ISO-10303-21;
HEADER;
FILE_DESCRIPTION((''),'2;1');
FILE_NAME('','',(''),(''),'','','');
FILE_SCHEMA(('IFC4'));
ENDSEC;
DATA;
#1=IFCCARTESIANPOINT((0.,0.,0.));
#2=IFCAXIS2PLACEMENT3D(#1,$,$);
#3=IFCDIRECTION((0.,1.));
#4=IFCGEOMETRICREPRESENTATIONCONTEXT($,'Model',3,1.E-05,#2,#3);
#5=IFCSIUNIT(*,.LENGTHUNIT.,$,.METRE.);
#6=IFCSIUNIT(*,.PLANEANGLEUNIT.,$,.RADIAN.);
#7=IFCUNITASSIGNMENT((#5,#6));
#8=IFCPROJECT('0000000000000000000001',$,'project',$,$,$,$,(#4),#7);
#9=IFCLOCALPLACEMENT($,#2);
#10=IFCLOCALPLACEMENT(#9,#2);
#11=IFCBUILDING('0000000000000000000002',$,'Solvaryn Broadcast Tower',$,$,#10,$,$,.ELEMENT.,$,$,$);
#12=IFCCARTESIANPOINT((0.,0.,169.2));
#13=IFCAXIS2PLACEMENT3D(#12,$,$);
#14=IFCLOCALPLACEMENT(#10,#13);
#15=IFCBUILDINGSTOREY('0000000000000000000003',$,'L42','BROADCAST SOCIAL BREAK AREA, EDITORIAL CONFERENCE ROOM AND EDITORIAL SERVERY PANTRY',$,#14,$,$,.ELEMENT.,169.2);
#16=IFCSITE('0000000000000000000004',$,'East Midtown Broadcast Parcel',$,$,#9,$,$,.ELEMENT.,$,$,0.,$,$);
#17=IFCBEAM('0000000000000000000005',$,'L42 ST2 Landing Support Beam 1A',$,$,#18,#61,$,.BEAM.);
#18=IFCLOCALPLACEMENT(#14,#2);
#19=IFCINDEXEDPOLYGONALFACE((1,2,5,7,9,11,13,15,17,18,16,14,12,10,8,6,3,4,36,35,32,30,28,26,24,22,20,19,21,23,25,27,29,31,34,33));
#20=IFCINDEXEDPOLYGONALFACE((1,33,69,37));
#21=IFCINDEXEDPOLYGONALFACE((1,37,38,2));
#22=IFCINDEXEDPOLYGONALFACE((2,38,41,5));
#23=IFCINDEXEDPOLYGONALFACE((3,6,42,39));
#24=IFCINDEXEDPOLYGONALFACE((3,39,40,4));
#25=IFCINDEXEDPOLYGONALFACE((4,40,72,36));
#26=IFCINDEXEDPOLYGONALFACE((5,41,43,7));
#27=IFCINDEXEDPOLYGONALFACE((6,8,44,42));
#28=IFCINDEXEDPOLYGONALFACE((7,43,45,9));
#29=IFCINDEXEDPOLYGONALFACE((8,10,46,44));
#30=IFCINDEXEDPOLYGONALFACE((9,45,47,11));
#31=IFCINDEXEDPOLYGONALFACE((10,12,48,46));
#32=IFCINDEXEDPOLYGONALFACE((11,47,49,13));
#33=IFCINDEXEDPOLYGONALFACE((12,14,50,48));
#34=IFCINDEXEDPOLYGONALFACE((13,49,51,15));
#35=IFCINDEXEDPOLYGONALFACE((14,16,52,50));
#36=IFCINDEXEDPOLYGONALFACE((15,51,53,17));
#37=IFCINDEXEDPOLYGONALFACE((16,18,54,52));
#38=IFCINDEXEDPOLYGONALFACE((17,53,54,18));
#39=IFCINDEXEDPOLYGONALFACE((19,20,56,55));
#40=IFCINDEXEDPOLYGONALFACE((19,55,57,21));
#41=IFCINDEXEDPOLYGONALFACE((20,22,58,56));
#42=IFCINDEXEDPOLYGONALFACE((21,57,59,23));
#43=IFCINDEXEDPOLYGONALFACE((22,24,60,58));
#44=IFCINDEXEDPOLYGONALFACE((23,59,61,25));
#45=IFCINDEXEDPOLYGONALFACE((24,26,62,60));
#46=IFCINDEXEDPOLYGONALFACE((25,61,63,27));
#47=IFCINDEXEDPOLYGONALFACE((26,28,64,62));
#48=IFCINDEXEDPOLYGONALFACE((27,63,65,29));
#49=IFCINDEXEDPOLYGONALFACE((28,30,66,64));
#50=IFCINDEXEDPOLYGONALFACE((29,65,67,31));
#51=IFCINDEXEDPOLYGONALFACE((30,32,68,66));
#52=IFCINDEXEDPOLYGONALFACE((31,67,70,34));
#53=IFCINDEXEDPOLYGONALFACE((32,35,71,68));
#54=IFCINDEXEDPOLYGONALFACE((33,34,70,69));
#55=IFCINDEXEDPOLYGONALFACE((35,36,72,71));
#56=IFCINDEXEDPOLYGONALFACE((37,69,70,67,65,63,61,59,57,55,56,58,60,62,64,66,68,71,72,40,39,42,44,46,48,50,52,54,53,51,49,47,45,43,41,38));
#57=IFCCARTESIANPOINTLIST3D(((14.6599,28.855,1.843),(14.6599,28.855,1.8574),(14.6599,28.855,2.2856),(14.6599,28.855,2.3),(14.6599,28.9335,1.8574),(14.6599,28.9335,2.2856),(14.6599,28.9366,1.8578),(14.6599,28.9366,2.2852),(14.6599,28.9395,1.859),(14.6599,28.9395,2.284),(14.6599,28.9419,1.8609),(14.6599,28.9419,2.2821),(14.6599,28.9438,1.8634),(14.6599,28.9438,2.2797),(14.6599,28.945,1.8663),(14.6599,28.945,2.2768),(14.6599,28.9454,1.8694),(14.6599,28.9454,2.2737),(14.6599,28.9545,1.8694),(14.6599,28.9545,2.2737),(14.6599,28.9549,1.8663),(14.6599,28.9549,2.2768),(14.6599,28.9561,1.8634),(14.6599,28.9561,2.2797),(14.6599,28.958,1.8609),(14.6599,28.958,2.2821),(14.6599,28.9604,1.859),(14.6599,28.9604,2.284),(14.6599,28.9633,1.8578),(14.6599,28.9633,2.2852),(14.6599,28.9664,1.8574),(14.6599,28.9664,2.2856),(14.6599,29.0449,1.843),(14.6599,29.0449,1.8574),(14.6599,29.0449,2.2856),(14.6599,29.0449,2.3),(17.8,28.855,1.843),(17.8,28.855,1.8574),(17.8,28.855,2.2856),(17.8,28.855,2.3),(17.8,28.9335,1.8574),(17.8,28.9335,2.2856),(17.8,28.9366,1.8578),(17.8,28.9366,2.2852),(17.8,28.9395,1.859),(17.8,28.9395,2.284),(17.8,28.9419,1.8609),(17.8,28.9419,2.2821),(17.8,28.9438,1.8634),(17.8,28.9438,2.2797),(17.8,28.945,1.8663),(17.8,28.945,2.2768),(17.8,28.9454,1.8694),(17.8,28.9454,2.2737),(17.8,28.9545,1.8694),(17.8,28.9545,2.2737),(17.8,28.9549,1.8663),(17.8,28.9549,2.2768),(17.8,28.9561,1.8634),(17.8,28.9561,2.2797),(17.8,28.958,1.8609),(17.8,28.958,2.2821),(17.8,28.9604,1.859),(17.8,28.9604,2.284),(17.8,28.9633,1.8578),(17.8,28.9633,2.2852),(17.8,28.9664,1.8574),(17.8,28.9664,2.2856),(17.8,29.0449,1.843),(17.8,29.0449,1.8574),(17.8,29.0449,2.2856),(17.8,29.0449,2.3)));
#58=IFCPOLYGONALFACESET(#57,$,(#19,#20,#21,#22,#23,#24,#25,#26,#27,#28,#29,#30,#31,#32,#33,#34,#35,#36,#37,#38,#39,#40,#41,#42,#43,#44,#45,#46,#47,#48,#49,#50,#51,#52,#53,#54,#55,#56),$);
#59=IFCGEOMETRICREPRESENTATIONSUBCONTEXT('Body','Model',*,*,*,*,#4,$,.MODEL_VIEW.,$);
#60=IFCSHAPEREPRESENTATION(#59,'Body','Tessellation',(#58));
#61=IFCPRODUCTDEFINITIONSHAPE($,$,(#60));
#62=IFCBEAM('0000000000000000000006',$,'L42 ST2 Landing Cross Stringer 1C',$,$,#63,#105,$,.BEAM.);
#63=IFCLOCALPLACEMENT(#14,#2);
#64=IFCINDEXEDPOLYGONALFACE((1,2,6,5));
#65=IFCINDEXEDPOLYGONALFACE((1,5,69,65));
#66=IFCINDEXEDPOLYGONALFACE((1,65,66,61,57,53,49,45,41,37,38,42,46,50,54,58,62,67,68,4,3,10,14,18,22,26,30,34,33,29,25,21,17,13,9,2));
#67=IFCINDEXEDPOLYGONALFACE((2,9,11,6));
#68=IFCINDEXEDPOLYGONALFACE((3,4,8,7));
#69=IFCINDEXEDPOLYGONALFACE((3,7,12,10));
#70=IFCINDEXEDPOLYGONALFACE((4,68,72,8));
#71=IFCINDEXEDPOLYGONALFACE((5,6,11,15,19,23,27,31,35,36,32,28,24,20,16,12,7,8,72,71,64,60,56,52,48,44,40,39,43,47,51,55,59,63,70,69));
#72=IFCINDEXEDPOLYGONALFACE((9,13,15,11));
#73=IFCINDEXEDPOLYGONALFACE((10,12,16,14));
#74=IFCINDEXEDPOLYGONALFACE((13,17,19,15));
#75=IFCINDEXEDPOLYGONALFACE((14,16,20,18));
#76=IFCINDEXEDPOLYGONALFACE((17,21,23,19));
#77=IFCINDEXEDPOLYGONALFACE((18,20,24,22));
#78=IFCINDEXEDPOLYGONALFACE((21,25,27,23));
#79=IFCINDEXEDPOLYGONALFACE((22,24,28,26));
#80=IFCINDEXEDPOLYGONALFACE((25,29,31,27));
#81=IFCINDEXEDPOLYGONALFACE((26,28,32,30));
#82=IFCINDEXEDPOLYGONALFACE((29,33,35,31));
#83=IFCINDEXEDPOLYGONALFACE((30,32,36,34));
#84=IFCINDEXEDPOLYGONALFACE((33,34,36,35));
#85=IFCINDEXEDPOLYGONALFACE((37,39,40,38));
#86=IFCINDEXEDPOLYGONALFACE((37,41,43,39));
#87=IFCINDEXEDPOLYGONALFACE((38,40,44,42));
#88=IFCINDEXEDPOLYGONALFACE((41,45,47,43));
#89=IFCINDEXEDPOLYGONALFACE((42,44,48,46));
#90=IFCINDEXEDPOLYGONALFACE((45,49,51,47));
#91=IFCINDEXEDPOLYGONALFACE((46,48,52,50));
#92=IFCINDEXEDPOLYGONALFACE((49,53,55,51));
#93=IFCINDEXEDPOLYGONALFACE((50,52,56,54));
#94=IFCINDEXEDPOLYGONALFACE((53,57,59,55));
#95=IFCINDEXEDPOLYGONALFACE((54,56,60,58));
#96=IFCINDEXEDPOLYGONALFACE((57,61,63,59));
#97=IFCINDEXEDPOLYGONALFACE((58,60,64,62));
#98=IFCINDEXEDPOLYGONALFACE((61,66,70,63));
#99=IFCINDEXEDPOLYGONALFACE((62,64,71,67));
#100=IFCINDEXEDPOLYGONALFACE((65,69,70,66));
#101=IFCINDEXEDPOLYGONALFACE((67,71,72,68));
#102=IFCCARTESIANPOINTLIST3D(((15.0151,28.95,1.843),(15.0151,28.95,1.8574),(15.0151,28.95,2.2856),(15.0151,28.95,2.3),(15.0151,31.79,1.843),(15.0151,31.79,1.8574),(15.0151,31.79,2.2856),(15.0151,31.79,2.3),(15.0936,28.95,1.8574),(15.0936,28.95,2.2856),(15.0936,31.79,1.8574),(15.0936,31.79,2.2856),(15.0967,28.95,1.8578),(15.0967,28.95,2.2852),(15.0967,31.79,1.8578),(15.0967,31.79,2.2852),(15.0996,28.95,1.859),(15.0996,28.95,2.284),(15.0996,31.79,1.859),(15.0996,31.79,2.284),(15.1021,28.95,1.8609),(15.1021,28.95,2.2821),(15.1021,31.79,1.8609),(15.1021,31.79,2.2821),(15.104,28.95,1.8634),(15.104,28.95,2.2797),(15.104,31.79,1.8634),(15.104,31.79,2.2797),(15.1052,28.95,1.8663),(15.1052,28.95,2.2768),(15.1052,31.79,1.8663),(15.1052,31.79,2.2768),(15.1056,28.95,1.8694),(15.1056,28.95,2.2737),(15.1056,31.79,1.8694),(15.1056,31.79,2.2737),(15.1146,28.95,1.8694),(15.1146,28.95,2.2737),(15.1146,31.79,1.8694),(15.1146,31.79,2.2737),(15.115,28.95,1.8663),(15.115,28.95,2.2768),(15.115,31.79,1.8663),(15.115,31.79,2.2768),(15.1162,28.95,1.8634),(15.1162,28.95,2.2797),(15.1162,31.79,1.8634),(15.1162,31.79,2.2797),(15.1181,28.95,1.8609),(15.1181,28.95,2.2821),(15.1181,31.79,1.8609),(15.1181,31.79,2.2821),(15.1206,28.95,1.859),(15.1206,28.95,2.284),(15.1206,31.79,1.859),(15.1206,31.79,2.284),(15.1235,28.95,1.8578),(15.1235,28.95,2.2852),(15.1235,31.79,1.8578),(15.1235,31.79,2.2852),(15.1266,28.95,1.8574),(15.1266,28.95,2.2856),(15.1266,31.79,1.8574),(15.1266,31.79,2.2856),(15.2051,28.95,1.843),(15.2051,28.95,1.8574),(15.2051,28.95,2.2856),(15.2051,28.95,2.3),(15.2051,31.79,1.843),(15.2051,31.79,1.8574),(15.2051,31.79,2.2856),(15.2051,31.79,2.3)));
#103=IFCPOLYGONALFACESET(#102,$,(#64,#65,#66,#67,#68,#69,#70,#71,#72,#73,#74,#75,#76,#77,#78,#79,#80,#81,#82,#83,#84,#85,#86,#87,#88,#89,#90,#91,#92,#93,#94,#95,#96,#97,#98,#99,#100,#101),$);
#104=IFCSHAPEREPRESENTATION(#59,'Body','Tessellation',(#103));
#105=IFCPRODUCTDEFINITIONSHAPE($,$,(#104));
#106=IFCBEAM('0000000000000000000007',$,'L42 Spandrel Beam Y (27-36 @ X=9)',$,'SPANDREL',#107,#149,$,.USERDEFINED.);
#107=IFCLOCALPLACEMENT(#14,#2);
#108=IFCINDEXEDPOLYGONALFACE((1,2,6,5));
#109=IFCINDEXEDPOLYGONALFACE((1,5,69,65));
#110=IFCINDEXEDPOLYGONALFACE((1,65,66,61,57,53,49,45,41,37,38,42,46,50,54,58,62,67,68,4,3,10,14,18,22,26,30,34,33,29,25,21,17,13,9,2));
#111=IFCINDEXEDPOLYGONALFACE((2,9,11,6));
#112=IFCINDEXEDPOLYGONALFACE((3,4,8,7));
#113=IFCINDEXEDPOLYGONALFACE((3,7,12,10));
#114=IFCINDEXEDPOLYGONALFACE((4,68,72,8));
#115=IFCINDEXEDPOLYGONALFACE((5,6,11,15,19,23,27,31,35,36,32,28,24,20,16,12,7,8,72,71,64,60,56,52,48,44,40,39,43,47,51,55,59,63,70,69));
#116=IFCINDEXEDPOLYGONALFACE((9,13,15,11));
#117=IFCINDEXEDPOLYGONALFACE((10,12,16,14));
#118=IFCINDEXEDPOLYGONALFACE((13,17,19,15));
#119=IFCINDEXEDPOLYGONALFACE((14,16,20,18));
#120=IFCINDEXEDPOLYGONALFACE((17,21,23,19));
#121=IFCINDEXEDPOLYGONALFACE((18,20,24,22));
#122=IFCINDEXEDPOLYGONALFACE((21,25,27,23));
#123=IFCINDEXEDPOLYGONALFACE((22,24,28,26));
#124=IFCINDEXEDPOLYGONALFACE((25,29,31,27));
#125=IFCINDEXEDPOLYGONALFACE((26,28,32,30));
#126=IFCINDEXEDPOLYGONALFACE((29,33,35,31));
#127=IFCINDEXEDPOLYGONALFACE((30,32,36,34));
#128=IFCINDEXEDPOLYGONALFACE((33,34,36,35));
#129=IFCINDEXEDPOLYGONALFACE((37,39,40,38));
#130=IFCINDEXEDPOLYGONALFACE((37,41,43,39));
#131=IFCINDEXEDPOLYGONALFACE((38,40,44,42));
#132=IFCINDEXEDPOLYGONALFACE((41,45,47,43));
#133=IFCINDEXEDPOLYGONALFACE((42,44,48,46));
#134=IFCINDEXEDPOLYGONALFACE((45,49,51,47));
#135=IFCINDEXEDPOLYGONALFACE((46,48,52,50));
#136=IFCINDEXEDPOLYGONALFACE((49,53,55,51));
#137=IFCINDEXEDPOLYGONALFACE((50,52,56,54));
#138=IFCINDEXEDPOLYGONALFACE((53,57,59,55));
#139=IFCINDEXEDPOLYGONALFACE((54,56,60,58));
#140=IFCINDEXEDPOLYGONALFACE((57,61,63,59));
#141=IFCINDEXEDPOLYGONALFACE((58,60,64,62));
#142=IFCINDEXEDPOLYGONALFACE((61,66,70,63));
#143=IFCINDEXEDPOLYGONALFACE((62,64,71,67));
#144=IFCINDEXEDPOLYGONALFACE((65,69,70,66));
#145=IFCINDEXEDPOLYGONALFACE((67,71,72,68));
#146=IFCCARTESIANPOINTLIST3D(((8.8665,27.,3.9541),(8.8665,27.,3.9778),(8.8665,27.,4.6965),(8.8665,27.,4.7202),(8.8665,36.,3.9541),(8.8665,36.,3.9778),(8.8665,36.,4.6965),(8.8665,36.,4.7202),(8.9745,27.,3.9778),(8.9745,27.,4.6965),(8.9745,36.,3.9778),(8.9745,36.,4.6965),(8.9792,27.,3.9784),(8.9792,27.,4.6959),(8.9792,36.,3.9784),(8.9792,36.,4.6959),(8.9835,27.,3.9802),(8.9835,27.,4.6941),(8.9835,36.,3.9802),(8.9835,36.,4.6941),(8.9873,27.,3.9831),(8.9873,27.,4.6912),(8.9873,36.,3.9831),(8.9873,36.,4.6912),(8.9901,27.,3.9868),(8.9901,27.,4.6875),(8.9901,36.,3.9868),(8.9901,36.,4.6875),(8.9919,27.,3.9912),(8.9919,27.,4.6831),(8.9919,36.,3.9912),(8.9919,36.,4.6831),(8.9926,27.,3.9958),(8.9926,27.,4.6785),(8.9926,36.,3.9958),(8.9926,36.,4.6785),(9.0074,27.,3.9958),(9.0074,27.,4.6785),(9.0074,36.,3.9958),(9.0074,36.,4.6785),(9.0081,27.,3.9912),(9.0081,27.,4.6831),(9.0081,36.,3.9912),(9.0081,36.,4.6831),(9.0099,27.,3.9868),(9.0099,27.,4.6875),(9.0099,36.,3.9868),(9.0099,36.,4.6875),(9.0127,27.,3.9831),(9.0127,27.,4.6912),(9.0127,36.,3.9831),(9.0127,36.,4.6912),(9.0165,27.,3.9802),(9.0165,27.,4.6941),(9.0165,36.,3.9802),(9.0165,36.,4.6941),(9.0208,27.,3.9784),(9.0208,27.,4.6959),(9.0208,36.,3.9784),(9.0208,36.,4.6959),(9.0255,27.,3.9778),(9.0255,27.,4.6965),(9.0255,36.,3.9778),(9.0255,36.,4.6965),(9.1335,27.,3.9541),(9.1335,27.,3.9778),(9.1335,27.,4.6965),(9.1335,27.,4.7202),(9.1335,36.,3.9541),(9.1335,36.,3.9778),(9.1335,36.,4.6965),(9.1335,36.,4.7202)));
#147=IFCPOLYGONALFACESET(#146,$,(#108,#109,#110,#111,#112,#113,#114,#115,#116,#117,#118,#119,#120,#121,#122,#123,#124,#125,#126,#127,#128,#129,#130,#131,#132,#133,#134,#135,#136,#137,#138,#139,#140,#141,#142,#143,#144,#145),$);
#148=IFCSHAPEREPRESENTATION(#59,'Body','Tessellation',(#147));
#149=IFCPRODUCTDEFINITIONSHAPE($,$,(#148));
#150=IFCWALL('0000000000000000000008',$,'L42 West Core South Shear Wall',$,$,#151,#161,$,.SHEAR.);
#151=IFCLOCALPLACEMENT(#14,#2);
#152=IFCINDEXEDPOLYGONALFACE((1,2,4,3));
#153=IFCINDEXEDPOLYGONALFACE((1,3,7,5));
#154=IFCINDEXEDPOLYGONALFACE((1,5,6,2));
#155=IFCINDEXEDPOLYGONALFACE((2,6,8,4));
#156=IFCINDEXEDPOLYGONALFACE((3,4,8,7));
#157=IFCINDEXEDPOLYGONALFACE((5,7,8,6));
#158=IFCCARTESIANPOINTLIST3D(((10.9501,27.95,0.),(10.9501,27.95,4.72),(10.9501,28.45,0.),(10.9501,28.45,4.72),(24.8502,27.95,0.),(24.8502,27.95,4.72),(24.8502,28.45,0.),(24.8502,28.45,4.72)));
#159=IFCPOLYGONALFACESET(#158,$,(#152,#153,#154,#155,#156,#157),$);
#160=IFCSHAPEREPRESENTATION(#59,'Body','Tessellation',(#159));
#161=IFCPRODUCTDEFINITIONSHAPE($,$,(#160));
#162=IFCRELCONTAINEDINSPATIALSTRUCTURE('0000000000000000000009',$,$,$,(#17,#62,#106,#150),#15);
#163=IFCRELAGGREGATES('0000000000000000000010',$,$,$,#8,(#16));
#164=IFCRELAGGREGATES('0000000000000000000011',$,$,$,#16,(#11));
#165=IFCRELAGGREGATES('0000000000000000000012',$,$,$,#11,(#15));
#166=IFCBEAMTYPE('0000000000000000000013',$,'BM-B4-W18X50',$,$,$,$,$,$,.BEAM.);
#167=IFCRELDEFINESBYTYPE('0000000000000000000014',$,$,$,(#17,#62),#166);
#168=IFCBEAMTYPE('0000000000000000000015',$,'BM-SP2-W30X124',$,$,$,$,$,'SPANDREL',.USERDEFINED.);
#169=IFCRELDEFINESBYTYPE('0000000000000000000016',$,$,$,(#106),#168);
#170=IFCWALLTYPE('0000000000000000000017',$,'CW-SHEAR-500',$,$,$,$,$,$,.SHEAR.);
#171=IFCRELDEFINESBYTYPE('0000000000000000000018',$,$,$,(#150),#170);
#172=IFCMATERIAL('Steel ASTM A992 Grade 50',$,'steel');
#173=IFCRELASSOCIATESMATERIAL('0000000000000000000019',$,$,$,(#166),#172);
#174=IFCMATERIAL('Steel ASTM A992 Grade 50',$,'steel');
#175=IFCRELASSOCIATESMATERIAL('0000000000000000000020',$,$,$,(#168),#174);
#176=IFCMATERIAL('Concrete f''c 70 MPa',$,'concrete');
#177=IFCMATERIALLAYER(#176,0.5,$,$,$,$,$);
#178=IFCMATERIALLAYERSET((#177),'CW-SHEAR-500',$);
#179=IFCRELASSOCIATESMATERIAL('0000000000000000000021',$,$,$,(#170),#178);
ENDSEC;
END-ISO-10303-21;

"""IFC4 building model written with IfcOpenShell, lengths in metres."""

from ifc_helpers import new_model, si_unit, direction, frame, frame_2d, origin, origin_2d, place, context, subcontext, project, spatial, rectangle, i_section, extrude, material, layer, layer_set, material_profile, profile_set, type_object, element, save


model = new_model("IFC4")

# Units and contexts
model_context = context("Model", 3, precision=1e-05, world=origin(), true_north=direction((0.0, 1.0)))
body_context = subcontext(model_context, "Body", "Model", "MODEL_VIEW")
ifc_project = project(units=[si_unit("LENGTHUNIT", "METRE"), si_unit("PLANEANGLEUNIT", "RADIAN")], contexts=[model_context])

# Site, building, storey
site_placement = place(None, origin())
site = spatial("IfcSite", under=ifc_project, at=site_placement, Name="East Midtown Broadcast Parcel", CompositionType="ELEMENT", RefElevation=0.0)
building_placement = place(site_placement, origin())
building = spatial("IfcBuilding", under=site, at=building_placement, Name="Solvaryn Broadcast Tower", CompositionType="ELEMENT")
storey_placement = place(building_placement, frame((0.0, 0.0, 169.2)))
storey = spatial("IfcBuildingStorey", under=building, at=storey_placement, Name="L42", Description="BROADCAST SOCIAL BREAK AREA, EDITORIAL CONFERENCE ROOM AND EDITORIAL SERVERY PANTRY", CompositionType="ELEMENT", Elevation=169.2)

# Beams
ifc_material_1 = material(Name="Steel ASTM A992 Grade 50", Category="steel")
ifc_material_profile_1 = material_profile(ifc_material_1, i_section(OverallWidth=0.1899, OverallDepth=0.457, WebThickness=0.009, FlangeThickness=0.0144, FilletRadius=0.012, at=origin_2d()))
ifc_profile_set_1 = profile_set([ifc_material_profile_1], Name="Steel ASTM A992 Grade 50")
beam_type_1 = type_object("IfcBeamType", Name="BM-B4-W18X50", PredefinedType="BEAM", material=ifc_profile_set_1)
beam_1_placement = place(storey_placement, frame((14.6599, 28.95, 2.0715), z_axis=(1.0, 0.0, 0.0), x_axis=(0.0, 1.0, 0.0)))
element("IfcBeam", 1, at=beam_1_placement, inside=storey, type_object=beam_type_1, Name="L42 ST2 Landing Support Beam 1A", PredefinedType="BEAM", context=body_context, shape_type="SweptSolid", body=[
    extrude(i_section(OverallWidth=0.1899, OverallDepth=0.457, WebThickness=0.009, FlangeThickness=0.0144, FilletRadius=0.012, at=origin_2d()), origin(), (0.0, 0.0, 1.0), 3.1401),
])
beam_2_placement = place(storey_placement, frame((15.1101, 28.95, 2.0715), z_axis=(0.0, 1.0, 0.0), x_axis=(-1.0, 0.0, 0.0)))
element("IfcBeam", 2, at=beam_2_placement, inside=storey, type_object=beam_type_1, Name="L42 ST2 Landing Cross Stringer 1C", PredefinedType="BEAM", context=body_context, shape_type="SweptSolid", body=[
    extrude(i_section(OverallWidth=0.1899, OverallDepth=0.457, WebThickness=0.009, FlangeThickness=0.0144, FilletRadius=0.012, at=origin_2d()), origin(), (0.0, 0.0, 1.0), 2.8401),
])
ifc_material_2 = material(Name="Steel ASTM A992 Grade 50", Category="steel")
ifc_material_profile_2 = material_profile(ifc_material_2, i_section(OverallWidth=0.2671, OverallDepth=0.7661, WebThickness=0.0149, FlangeThickness=0.0237, FilletRadius=0.0181, at=origin_2d()))
ifc_profile_set_2 = profile_set([ifc_material_profile_2], Name="Steel ASTM A992 Grade 50")
beam_type_2 = type_object("IfcBeamType", Name="BM-SP2-W30X124", ElementType="SPANDREL", PredefinedType="USERDEFINED", material=ifc_profile_set_2)
beam_3_placement = place(storey_placement, frame((9.0, 27.0, 4.3372), z_axis=(0.0, 1.0, 0.0), x_axis=(-1.0, 0.0, 0.0)))
element("IfcBeam", 3, at=beam_3_placement, inside=storey, type_object=beam_type_2, Name="L42 Spandrel Beam Y (27-36 @ X=9)", ObjectType="SPANDREL", PredefinedType="USERDEFINED", context=body_context, shape_type="SweptSolid", body=[
    extrude(i_section(OverallWidth=0.2671, OverallDepth=0.7661, WebThickness=0.0149, FlangeThickness=0.0237, FilletRadius=0.0181, at=origin_2d()), origin(), (0.0, 0.0, 1.0), 9.0),
])

# Wall
ifc_material_3 = material(Name="Concrete f'c 70 MPa", Category="concrete")
ifc_layer_1 = layer(ifc_material_3, 0.5)
ifc_layer_set_1 = layer_set([ifc_layer_1], Name="CW-SHEAR-500")
wall_type_1 = type_object("IfcWallType", Name="CW-SHEAR-500", PredefinedType="SHEAR", material=ifc_layer_set_1)
wall_1_placement = place(storey_placement, frame((10.95, 28.2, 0.0), z_axis=(0.0, 0.0, 1.0), x_axis=(1.0, 0.0, 0.0)))
element("IfcWall", 4, at=wall_1_placement, inside=storey, type_object=wall_type_1, Name="L42 West Core South Shear Wall", PredefinedType="SHEAR", context=body_context, shape_type="SweptSolid", body=[
    extrude(rectangle(XDim=13.9001, YDim=0.5, at=frame_2d((6.9502, 0.0))), origin(), (0.0, 0.0, 1.0), 4.72),
])

save(model, "model.ifc")
